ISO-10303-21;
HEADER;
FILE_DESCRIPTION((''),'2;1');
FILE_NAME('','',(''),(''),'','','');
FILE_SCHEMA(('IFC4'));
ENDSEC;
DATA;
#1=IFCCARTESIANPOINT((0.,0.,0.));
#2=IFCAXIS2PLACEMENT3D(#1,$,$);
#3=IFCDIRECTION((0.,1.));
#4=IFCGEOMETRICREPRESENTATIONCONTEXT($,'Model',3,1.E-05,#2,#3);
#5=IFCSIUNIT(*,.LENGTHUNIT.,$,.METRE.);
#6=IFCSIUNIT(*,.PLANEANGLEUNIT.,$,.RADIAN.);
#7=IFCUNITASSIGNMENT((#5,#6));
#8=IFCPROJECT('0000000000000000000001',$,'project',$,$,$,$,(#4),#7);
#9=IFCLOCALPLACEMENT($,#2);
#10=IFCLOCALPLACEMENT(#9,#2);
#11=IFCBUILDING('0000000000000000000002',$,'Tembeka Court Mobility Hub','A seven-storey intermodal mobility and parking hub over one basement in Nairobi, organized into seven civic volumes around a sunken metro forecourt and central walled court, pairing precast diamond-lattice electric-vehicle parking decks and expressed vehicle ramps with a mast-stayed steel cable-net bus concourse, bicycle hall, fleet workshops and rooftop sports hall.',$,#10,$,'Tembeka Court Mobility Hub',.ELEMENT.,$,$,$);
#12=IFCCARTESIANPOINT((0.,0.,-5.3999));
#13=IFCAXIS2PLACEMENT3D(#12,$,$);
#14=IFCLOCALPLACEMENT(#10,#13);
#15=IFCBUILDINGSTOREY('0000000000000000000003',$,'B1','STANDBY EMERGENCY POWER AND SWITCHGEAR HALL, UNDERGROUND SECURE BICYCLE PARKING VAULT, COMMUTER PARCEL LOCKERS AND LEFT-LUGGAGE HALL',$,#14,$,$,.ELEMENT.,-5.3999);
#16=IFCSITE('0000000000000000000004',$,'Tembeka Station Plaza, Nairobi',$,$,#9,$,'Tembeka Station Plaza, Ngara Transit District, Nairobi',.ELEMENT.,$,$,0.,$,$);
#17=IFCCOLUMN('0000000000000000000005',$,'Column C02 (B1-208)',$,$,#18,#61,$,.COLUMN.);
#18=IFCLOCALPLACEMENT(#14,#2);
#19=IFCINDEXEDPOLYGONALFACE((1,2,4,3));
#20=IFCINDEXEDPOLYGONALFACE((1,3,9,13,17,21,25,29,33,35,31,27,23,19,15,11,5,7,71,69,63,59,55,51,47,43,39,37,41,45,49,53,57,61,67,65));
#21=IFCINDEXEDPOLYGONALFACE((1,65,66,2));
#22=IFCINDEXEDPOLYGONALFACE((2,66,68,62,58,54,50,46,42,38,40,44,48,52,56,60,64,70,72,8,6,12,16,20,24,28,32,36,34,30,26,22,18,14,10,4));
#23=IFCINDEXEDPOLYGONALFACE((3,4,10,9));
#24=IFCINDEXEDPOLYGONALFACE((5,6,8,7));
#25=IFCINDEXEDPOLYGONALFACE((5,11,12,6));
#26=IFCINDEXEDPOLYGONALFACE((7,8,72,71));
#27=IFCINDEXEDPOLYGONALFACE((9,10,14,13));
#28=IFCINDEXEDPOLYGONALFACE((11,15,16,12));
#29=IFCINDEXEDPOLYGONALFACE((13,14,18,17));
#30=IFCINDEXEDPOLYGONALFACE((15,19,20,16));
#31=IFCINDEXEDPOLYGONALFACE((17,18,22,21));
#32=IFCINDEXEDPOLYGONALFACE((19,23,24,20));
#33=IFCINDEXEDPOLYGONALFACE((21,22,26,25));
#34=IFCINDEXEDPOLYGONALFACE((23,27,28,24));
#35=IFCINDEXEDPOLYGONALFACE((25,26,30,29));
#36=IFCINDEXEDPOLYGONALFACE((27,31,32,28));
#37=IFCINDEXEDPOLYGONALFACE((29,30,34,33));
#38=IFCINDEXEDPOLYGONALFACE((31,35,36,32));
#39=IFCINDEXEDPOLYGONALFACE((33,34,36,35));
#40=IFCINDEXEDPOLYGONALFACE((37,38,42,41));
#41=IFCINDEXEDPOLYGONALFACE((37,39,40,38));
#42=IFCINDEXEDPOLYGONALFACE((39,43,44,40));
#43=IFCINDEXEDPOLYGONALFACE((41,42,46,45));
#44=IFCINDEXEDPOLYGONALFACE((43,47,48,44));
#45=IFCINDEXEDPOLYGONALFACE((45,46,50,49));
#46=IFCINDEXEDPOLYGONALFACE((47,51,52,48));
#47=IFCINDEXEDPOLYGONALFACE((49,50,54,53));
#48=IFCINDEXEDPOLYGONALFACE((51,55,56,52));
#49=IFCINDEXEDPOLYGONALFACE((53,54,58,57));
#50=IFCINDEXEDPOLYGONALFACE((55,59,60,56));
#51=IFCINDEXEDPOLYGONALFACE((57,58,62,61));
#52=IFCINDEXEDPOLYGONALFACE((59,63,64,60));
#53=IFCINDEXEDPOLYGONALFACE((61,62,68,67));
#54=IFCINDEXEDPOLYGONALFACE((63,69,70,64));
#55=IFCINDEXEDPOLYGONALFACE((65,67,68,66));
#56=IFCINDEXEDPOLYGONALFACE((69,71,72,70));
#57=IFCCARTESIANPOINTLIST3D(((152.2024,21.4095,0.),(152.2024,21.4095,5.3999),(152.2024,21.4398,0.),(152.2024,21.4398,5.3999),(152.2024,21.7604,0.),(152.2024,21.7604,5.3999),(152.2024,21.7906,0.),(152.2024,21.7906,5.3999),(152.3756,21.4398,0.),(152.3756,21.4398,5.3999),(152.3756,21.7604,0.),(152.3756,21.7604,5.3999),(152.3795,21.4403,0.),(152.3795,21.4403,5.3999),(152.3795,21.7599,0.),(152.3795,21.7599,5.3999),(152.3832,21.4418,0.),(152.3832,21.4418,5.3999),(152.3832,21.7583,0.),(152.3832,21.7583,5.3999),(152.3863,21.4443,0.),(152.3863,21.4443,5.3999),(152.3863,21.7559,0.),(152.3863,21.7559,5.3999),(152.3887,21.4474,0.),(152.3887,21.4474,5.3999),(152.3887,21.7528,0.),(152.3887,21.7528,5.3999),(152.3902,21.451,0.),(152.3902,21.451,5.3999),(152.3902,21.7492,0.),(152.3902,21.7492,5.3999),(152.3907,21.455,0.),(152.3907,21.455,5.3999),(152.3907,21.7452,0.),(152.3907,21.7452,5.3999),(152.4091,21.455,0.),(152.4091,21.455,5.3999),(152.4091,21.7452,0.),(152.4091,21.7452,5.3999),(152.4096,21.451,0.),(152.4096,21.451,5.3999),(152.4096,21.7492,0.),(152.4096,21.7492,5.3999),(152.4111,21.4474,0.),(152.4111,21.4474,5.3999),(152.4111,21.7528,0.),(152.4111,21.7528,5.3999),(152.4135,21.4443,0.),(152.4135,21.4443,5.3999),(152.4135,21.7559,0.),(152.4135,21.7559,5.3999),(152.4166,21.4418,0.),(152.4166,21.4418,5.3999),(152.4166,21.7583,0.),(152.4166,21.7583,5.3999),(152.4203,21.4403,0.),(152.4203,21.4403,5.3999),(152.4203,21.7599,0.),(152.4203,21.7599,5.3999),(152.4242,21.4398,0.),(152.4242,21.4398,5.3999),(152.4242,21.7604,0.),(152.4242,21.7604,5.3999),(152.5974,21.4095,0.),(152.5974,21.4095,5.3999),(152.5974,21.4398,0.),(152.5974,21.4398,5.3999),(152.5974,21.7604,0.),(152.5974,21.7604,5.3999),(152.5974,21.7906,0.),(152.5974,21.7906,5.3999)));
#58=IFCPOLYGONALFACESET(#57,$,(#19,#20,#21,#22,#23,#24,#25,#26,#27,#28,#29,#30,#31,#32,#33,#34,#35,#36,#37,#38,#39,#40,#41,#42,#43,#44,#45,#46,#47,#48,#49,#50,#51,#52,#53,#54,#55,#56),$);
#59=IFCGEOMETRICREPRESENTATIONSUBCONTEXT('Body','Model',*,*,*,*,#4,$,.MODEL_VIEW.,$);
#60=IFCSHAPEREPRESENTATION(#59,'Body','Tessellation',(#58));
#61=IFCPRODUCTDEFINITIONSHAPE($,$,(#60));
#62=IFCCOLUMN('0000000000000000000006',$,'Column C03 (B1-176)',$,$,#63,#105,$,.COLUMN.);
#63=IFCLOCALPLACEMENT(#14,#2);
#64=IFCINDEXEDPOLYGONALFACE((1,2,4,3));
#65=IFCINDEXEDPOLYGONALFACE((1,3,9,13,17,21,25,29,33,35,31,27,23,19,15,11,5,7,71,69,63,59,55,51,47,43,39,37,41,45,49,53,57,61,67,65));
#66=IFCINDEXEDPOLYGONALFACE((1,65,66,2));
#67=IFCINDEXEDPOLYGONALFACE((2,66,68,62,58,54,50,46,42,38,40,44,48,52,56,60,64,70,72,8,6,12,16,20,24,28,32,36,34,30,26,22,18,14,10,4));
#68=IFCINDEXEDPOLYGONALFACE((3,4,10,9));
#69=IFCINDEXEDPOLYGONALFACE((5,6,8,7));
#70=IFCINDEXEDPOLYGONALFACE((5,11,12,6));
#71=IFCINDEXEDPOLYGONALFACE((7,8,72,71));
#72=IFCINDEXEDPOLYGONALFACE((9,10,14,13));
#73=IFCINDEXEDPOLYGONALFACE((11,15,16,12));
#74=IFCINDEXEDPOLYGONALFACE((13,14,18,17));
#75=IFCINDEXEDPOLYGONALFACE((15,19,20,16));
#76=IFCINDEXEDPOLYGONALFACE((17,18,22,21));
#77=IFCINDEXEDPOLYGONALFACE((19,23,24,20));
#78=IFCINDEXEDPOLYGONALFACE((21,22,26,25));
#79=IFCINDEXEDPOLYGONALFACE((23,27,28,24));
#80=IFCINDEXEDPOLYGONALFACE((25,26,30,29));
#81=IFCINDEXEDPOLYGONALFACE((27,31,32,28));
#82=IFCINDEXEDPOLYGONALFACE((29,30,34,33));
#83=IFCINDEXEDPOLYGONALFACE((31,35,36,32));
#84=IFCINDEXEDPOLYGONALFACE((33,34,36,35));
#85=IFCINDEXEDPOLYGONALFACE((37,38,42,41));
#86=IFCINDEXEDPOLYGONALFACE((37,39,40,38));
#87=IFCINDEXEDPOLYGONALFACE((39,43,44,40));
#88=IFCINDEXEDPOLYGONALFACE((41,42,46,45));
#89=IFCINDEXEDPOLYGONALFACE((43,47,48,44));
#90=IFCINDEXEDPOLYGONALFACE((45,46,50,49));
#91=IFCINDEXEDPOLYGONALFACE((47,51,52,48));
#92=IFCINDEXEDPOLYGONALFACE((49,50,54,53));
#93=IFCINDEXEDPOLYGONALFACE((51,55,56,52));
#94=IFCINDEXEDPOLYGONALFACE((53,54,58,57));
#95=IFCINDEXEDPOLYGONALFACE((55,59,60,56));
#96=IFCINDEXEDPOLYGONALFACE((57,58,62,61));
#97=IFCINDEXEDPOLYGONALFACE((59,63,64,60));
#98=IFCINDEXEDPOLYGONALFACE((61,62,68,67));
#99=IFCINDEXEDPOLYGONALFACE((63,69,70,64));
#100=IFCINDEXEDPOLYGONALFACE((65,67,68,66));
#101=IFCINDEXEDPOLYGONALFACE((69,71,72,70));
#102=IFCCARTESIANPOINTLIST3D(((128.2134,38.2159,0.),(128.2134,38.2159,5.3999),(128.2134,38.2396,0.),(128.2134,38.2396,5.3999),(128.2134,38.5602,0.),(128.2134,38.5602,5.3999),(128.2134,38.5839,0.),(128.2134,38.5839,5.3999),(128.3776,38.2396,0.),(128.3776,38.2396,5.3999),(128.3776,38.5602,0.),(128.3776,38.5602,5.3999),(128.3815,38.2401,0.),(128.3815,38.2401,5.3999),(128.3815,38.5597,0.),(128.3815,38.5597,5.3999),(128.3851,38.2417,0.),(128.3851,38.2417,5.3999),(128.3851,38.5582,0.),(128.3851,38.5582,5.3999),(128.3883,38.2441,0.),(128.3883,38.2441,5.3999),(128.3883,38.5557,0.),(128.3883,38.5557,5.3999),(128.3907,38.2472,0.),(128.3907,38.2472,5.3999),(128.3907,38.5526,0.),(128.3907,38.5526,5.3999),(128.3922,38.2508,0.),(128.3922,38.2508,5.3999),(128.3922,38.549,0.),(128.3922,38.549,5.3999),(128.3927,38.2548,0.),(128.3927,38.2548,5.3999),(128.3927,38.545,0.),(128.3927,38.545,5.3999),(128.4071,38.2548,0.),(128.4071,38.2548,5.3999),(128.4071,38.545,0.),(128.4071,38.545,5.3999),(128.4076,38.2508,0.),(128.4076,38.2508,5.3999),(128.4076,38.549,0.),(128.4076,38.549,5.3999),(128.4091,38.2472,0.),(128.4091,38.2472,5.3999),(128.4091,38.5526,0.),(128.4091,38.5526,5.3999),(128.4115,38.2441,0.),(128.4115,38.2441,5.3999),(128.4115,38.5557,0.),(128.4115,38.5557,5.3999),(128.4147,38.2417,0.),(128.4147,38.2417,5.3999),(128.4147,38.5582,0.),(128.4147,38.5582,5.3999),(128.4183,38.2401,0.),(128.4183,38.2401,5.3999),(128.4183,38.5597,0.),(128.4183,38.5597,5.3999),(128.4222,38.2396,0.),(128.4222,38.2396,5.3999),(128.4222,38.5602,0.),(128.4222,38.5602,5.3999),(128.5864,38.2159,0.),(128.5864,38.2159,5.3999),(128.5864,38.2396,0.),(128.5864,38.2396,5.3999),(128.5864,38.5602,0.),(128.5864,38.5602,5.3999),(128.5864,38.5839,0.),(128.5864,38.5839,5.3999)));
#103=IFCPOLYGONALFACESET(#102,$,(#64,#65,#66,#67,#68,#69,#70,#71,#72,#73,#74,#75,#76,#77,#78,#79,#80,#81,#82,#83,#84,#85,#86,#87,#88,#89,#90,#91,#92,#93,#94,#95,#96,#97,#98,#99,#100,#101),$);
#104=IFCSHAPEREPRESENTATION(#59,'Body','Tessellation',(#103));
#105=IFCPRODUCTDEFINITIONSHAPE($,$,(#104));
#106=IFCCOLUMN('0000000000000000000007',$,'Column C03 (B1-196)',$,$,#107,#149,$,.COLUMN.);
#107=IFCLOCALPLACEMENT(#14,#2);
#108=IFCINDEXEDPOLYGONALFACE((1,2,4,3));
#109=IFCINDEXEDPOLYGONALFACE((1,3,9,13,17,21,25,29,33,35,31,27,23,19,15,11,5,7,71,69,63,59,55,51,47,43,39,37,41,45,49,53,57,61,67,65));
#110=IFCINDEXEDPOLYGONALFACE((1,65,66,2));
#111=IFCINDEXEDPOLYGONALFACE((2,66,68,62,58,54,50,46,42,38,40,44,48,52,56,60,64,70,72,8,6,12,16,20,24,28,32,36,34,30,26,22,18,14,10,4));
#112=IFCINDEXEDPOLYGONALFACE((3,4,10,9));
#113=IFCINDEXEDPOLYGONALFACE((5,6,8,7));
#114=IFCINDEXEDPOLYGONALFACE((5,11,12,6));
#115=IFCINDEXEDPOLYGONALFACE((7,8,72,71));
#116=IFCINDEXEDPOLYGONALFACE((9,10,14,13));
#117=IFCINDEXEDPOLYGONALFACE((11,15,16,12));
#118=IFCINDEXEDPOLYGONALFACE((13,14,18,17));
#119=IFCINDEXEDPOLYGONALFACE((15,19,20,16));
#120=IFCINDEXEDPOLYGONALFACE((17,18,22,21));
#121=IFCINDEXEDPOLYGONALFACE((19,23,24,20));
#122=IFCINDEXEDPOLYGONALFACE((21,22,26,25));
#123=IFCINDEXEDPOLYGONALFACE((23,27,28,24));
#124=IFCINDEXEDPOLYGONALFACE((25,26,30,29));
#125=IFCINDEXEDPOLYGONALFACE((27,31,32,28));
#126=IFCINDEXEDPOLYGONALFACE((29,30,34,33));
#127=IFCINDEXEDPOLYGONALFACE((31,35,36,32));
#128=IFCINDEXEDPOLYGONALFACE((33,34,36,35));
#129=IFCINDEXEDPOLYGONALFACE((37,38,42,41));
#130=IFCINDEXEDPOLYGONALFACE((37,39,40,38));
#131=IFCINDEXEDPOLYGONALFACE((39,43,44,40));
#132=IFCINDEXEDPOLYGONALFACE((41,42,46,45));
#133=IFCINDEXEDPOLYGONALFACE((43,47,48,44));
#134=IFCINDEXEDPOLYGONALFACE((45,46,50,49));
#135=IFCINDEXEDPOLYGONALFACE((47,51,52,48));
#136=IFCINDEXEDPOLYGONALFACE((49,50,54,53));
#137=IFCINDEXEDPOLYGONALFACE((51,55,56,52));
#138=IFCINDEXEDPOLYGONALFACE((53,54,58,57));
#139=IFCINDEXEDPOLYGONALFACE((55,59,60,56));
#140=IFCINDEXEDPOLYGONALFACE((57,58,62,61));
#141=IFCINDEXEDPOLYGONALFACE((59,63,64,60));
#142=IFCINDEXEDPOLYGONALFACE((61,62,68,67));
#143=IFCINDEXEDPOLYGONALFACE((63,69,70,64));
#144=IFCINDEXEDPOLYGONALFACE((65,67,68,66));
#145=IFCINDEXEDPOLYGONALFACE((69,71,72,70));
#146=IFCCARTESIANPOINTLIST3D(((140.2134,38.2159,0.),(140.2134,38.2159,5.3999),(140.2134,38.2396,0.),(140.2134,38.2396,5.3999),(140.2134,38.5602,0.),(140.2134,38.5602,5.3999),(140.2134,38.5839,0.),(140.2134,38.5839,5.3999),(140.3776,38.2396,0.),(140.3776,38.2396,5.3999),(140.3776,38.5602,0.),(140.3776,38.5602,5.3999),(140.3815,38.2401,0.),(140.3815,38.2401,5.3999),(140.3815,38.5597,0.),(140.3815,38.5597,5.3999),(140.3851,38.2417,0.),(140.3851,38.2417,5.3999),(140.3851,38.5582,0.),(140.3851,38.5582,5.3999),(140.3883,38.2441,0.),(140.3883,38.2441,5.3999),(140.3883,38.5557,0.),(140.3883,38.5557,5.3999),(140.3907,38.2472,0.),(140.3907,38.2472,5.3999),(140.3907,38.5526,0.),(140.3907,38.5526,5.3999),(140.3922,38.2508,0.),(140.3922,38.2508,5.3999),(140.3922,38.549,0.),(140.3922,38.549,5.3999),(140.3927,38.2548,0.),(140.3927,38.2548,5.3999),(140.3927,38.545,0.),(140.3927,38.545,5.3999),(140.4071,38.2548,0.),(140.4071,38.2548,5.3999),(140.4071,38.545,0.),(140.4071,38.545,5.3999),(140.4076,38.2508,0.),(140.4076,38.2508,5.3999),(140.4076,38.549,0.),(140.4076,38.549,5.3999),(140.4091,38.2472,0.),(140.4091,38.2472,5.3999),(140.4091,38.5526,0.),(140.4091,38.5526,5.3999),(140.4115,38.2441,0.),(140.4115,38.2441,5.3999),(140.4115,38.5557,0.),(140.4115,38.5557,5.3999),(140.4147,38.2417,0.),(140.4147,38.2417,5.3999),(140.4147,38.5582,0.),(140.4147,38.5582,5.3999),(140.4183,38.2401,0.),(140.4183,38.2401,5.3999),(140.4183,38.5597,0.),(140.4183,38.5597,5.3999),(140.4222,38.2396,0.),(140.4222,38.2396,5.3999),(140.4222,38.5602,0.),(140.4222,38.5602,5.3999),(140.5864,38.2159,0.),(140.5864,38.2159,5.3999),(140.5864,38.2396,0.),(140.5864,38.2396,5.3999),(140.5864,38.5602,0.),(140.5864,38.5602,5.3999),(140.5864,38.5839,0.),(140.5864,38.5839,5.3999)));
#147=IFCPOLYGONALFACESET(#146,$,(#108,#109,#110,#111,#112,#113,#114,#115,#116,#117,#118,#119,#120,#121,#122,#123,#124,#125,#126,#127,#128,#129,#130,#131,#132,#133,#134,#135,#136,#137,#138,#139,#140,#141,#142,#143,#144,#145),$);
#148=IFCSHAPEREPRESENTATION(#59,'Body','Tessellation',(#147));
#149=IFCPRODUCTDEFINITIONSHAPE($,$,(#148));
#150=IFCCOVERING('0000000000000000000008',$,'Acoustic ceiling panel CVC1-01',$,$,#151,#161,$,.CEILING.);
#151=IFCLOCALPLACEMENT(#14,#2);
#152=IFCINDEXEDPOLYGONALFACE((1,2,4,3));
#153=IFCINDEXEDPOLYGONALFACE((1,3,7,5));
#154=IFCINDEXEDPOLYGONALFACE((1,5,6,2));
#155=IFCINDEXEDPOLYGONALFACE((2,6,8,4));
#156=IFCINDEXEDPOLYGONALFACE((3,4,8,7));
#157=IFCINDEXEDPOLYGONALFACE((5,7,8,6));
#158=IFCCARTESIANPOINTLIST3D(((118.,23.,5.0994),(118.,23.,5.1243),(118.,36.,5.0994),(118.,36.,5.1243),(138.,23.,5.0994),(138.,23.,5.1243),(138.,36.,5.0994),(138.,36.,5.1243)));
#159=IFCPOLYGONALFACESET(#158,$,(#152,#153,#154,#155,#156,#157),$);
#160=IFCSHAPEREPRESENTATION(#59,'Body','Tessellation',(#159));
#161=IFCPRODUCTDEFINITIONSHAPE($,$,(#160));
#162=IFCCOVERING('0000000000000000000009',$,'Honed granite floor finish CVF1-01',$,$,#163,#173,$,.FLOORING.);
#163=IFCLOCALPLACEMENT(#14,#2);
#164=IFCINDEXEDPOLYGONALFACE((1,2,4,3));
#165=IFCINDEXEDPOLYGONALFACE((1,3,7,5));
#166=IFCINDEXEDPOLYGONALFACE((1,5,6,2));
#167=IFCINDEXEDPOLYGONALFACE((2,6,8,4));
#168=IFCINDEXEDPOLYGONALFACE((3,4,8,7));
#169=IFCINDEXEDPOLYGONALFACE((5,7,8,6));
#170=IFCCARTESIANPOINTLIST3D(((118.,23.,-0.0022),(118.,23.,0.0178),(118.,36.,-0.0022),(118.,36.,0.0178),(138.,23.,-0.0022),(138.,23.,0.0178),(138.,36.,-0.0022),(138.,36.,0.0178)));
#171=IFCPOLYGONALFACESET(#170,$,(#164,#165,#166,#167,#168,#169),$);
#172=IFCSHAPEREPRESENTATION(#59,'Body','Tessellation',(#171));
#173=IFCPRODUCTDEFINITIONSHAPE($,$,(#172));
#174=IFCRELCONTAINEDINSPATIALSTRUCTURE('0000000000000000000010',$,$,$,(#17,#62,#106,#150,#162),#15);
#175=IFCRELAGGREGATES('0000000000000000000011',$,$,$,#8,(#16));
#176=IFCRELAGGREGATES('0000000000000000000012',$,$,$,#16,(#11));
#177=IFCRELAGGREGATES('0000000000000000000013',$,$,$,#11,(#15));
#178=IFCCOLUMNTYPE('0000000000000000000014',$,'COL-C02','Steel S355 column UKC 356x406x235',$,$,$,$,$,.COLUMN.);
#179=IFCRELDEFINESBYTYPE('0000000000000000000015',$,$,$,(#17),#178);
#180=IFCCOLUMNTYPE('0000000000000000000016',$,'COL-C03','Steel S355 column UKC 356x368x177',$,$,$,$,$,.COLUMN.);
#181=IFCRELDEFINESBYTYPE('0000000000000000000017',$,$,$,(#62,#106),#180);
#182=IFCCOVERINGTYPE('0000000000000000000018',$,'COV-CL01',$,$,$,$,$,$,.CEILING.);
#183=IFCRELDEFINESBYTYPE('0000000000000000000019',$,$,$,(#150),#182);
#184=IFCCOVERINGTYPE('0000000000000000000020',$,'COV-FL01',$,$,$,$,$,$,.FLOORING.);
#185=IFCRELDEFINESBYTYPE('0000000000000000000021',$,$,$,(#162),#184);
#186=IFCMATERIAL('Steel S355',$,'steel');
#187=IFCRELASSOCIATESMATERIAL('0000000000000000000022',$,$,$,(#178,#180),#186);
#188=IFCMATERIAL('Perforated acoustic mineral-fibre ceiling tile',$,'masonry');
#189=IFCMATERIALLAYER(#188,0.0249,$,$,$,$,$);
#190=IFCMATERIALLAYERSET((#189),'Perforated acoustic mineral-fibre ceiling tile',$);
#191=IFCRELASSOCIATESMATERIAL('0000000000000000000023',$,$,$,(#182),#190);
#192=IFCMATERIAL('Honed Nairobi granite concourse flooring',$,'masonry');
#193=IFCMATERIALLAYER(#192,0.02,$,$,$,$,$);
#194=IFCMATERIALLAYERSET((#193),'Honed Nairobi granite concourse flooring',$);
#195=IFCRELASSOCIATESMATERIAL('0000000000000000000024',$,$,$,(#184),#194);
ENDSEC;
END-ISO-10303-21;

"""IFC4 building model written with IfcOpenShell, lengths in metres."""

from ifc_helpers import new_model, si_unit, direction, frame, origin, origin_2d, place, context, subcontext, project, spatial, rectangle, i_section, extrude, material, layer, layer_set, material_profile, profile_set, type_object, element, save


model = new_model("IFC4")

# Units and contexts
model_context = context("Model", 3, precision=1e-05, world=origin(), true_north=direction((0.0, 1.0)))
body_context = subcontext(model_context, "Body", "Model", "MODEL_VIEW")
ifc_project = project(units=[si_unit("LENGTHUNIT", "METRE"), si_unit("PLANEANGLEUNIT", "RADIAN")], contexts=[model_context])

# Site, building, storey
site_placement = place(None, origin())
site = spatial("IfcSite", under=ifc_project, at=site_placement, Name="Tembeka Station Plaza, Nairobi", LongName="Tembeka Station Plaza, Ngara Transit District, Nairobi", CompositionType="ELEMENT", RefElevation=0.0)
building_placement = place(site_placement, origin())
building = spatial("IfcBuilding", under=site, at=building_placement, Name="Tembeka Court Mobility Hub", Description="A seven-storey intermodal mobility and parking hub over one basement in Nairobi, organized into seven civic volumes around a sunken metro forecourt and central walled court, pairing precast diamond-lattice electric-vehicle parking decks and expressed vehicle ramps with a mast-stayed steel cable-net bus concourse, bicycle hall, fleet workshops and rooftop sports hall.", LongName="Tembeka Court Mobility Hub", CompositionType="ELEMENT")
storey_placement = place(building_placement, frame((0.0, 0.0, -5.3999)))
storey = spatial("IfcBuildingStorey", under=building, at=storey_placement, Name="B1", Description="STANDBY EMERGENCY POWER AND SWITCHGEAR HALL, UNDERGROUND SECURE BICYCLE PARKING VAULT, COMMUTER PARCEL LOCKERS AND LEFT-LUGGAGE HALL", CompositionType="ELEMENT", Elevation=-5.3999)

# Columns
ifc_material_1 = material(Name="Steel S355", Category="steel")
ifc_material_profile_1 = material_profile(ifc_material_1, i_section(OverallWidth=0.395, OverallDepth=0.3811, WebThickness=0.0183, FlangeThickness=0.0303, FilletRadius=0.0151, at=origin_2d()), Name="UKC 356x406x235")
ifc_profile_set_1 = profile_set([ifc_material_profile_1], Name="Steel S355")
column_type_1 = type_object("IfcColumnType", Name="COL-C02", Description="Steel S355 column UKC 356x406x235", PredefinedType="COLUMN", material=ifc_profile_set_1)
for number, where, z_axis, x_axis, name in (
    (1, (152.3999, 21.6001, 0.0), (0.0, 0.0, 1.0), (1.0, 0.0, 0.0), "Column C02 (B1-208)"),
):
    element("IfcColumn", number, at=place(storey_placement, frame(where, z_axis=z_axis, x_axis=x_axis)), inside=storey, type_object=column_type_1, Name=name, PredefinedType="COLUMN", context=body_context, shape_type="SweptSolid", body=[
        extrude(i_section(OverallWidth=0.395, OverallDepth=0.3811, WebThickness=0.0183, FlangeThickness=0.0303, FilletRadius=0.0151, at=origin_2d()), origin(), (0.0, 0.0, 1.0), 5.3999),
    ])
ifc_material_profile_2 = material_profile(ifc_material_1, i_section(OverallWidth=0.373, OverallDepth=0.3679, WebThickness=0.0144, FlangeThickness=0.0237, FilletRadius=0.0151, at=origin_2d()), Name="UKC 356x368x177")
ifc_profile_set_2 = profile_set([ifc_material_profile_2], Name="Steel S355")
column_type_2 = type_object("IfcColumnType", Name="COL-C03", Description="Steel S355 column UKC 356x368x177", PredefinedType="COLUMN", material=ifc_profile_set_2)
for number, where, z_axis, x_axis, name in (
    (2, (128.3999, 38.3999, 0.0), (0.0, 0.0, 1.0), (1.0, 0.0, 0.0), "Column C03 (B1-176)"),
    (3, (140.3999, 38.3999, 0.0), (0.0, 0.0, 1.0), (1.0, 0.0, 0.0), "Column C03 (B1-196)"),
):
    element("IfcColumn", number, at=place(storey_placement, frame(where, z_axis=z_axis, x_axis=x_axis)), inside=storey, type_object=column_type_2, Name=name, PredefinedType="COLUMN", context=body_context, shape_type="SweptSolid", body=[
        extrude(i_section(OverallWidth=0.373, OverallDepth=0.3679, WebThickness=0.0144, FlangeThickness=0.0237, FilletRadius=0.0151, at=origin_2d()), origin(), (0.0, 0.0, 1.0), 5.3999),
    ])

# Coverings
ifc_material_2 = material(Name="Perforated acoustic mineral-fibre ceiling tile", Category="masonry")
ifc_layer_1 = layer(ifc_material_2, 0.0249)
ifc_layer_set_1 = layer_set([ifc_layer_1], Name="Perforated acoustic mineral-fibre ceiling tile")
covering_type_1 = type_object("IfcCoveringType", Name="COV-CL01", PredefinedType="CEILING", material=ifc_layer_set_1)
covering_1_placement = place(storey_placement, frame((128.0, 29.5, 5.0994), z_axis=(0.0, 0.0, 1.0), x_axis=(1.0, 0.0, 0.0)))
element("IfcCovering", 4, at=covering_1_placement, inside=storey, type_object=covering_type_1, Name="Acoustic ceiling panel CVC1-01", PredefinedType="CEILING", context=body_context, shape_type="SweptSolid", body=[
    extrude(rectangle(XDim=20.0, YDim=13.0, at=origin_2d()), origin(), (0.0, 0.0, 1.0), 0.0249),
])
ifc_material_3 = material(Name="Honed Nairobi granite concourse flooring", Category="masonry")
ifc_layer_2 = layer(ifc_material_3, 0.02)
ifc_layer_set_2 = layer_set([ifc_layer_2], Name="Honed Nairobi granite concourse flooring")
covering_type_2 = type_object("IfcCoveringType", Name="COV-FL01", PredefinedType="FLOORING", material=ifc_layer_set_2)
covering_2_placement = place(storey_placement, frame((128.0, 29.5, -0.0022), z_axis=(0.0, 0.0, 1.0), x_axis=(1.0, 0.0, 0.0)))
element("IfcCovering", 5, at=covering_2_placement, inside=storey, type_object=covering_type_2, Name="Honed granite floor finish CVF1-01", PredefinedType="FLOORING", context=body_context, shape_type="SweptSolid", body=[
    extrude(rectangle(XDim=20.0, YDim=13.0, at=origin_2d()), origin(), (0.0, 0.0, 1.0), 0.02),
])

save(model, "model.ifc")
